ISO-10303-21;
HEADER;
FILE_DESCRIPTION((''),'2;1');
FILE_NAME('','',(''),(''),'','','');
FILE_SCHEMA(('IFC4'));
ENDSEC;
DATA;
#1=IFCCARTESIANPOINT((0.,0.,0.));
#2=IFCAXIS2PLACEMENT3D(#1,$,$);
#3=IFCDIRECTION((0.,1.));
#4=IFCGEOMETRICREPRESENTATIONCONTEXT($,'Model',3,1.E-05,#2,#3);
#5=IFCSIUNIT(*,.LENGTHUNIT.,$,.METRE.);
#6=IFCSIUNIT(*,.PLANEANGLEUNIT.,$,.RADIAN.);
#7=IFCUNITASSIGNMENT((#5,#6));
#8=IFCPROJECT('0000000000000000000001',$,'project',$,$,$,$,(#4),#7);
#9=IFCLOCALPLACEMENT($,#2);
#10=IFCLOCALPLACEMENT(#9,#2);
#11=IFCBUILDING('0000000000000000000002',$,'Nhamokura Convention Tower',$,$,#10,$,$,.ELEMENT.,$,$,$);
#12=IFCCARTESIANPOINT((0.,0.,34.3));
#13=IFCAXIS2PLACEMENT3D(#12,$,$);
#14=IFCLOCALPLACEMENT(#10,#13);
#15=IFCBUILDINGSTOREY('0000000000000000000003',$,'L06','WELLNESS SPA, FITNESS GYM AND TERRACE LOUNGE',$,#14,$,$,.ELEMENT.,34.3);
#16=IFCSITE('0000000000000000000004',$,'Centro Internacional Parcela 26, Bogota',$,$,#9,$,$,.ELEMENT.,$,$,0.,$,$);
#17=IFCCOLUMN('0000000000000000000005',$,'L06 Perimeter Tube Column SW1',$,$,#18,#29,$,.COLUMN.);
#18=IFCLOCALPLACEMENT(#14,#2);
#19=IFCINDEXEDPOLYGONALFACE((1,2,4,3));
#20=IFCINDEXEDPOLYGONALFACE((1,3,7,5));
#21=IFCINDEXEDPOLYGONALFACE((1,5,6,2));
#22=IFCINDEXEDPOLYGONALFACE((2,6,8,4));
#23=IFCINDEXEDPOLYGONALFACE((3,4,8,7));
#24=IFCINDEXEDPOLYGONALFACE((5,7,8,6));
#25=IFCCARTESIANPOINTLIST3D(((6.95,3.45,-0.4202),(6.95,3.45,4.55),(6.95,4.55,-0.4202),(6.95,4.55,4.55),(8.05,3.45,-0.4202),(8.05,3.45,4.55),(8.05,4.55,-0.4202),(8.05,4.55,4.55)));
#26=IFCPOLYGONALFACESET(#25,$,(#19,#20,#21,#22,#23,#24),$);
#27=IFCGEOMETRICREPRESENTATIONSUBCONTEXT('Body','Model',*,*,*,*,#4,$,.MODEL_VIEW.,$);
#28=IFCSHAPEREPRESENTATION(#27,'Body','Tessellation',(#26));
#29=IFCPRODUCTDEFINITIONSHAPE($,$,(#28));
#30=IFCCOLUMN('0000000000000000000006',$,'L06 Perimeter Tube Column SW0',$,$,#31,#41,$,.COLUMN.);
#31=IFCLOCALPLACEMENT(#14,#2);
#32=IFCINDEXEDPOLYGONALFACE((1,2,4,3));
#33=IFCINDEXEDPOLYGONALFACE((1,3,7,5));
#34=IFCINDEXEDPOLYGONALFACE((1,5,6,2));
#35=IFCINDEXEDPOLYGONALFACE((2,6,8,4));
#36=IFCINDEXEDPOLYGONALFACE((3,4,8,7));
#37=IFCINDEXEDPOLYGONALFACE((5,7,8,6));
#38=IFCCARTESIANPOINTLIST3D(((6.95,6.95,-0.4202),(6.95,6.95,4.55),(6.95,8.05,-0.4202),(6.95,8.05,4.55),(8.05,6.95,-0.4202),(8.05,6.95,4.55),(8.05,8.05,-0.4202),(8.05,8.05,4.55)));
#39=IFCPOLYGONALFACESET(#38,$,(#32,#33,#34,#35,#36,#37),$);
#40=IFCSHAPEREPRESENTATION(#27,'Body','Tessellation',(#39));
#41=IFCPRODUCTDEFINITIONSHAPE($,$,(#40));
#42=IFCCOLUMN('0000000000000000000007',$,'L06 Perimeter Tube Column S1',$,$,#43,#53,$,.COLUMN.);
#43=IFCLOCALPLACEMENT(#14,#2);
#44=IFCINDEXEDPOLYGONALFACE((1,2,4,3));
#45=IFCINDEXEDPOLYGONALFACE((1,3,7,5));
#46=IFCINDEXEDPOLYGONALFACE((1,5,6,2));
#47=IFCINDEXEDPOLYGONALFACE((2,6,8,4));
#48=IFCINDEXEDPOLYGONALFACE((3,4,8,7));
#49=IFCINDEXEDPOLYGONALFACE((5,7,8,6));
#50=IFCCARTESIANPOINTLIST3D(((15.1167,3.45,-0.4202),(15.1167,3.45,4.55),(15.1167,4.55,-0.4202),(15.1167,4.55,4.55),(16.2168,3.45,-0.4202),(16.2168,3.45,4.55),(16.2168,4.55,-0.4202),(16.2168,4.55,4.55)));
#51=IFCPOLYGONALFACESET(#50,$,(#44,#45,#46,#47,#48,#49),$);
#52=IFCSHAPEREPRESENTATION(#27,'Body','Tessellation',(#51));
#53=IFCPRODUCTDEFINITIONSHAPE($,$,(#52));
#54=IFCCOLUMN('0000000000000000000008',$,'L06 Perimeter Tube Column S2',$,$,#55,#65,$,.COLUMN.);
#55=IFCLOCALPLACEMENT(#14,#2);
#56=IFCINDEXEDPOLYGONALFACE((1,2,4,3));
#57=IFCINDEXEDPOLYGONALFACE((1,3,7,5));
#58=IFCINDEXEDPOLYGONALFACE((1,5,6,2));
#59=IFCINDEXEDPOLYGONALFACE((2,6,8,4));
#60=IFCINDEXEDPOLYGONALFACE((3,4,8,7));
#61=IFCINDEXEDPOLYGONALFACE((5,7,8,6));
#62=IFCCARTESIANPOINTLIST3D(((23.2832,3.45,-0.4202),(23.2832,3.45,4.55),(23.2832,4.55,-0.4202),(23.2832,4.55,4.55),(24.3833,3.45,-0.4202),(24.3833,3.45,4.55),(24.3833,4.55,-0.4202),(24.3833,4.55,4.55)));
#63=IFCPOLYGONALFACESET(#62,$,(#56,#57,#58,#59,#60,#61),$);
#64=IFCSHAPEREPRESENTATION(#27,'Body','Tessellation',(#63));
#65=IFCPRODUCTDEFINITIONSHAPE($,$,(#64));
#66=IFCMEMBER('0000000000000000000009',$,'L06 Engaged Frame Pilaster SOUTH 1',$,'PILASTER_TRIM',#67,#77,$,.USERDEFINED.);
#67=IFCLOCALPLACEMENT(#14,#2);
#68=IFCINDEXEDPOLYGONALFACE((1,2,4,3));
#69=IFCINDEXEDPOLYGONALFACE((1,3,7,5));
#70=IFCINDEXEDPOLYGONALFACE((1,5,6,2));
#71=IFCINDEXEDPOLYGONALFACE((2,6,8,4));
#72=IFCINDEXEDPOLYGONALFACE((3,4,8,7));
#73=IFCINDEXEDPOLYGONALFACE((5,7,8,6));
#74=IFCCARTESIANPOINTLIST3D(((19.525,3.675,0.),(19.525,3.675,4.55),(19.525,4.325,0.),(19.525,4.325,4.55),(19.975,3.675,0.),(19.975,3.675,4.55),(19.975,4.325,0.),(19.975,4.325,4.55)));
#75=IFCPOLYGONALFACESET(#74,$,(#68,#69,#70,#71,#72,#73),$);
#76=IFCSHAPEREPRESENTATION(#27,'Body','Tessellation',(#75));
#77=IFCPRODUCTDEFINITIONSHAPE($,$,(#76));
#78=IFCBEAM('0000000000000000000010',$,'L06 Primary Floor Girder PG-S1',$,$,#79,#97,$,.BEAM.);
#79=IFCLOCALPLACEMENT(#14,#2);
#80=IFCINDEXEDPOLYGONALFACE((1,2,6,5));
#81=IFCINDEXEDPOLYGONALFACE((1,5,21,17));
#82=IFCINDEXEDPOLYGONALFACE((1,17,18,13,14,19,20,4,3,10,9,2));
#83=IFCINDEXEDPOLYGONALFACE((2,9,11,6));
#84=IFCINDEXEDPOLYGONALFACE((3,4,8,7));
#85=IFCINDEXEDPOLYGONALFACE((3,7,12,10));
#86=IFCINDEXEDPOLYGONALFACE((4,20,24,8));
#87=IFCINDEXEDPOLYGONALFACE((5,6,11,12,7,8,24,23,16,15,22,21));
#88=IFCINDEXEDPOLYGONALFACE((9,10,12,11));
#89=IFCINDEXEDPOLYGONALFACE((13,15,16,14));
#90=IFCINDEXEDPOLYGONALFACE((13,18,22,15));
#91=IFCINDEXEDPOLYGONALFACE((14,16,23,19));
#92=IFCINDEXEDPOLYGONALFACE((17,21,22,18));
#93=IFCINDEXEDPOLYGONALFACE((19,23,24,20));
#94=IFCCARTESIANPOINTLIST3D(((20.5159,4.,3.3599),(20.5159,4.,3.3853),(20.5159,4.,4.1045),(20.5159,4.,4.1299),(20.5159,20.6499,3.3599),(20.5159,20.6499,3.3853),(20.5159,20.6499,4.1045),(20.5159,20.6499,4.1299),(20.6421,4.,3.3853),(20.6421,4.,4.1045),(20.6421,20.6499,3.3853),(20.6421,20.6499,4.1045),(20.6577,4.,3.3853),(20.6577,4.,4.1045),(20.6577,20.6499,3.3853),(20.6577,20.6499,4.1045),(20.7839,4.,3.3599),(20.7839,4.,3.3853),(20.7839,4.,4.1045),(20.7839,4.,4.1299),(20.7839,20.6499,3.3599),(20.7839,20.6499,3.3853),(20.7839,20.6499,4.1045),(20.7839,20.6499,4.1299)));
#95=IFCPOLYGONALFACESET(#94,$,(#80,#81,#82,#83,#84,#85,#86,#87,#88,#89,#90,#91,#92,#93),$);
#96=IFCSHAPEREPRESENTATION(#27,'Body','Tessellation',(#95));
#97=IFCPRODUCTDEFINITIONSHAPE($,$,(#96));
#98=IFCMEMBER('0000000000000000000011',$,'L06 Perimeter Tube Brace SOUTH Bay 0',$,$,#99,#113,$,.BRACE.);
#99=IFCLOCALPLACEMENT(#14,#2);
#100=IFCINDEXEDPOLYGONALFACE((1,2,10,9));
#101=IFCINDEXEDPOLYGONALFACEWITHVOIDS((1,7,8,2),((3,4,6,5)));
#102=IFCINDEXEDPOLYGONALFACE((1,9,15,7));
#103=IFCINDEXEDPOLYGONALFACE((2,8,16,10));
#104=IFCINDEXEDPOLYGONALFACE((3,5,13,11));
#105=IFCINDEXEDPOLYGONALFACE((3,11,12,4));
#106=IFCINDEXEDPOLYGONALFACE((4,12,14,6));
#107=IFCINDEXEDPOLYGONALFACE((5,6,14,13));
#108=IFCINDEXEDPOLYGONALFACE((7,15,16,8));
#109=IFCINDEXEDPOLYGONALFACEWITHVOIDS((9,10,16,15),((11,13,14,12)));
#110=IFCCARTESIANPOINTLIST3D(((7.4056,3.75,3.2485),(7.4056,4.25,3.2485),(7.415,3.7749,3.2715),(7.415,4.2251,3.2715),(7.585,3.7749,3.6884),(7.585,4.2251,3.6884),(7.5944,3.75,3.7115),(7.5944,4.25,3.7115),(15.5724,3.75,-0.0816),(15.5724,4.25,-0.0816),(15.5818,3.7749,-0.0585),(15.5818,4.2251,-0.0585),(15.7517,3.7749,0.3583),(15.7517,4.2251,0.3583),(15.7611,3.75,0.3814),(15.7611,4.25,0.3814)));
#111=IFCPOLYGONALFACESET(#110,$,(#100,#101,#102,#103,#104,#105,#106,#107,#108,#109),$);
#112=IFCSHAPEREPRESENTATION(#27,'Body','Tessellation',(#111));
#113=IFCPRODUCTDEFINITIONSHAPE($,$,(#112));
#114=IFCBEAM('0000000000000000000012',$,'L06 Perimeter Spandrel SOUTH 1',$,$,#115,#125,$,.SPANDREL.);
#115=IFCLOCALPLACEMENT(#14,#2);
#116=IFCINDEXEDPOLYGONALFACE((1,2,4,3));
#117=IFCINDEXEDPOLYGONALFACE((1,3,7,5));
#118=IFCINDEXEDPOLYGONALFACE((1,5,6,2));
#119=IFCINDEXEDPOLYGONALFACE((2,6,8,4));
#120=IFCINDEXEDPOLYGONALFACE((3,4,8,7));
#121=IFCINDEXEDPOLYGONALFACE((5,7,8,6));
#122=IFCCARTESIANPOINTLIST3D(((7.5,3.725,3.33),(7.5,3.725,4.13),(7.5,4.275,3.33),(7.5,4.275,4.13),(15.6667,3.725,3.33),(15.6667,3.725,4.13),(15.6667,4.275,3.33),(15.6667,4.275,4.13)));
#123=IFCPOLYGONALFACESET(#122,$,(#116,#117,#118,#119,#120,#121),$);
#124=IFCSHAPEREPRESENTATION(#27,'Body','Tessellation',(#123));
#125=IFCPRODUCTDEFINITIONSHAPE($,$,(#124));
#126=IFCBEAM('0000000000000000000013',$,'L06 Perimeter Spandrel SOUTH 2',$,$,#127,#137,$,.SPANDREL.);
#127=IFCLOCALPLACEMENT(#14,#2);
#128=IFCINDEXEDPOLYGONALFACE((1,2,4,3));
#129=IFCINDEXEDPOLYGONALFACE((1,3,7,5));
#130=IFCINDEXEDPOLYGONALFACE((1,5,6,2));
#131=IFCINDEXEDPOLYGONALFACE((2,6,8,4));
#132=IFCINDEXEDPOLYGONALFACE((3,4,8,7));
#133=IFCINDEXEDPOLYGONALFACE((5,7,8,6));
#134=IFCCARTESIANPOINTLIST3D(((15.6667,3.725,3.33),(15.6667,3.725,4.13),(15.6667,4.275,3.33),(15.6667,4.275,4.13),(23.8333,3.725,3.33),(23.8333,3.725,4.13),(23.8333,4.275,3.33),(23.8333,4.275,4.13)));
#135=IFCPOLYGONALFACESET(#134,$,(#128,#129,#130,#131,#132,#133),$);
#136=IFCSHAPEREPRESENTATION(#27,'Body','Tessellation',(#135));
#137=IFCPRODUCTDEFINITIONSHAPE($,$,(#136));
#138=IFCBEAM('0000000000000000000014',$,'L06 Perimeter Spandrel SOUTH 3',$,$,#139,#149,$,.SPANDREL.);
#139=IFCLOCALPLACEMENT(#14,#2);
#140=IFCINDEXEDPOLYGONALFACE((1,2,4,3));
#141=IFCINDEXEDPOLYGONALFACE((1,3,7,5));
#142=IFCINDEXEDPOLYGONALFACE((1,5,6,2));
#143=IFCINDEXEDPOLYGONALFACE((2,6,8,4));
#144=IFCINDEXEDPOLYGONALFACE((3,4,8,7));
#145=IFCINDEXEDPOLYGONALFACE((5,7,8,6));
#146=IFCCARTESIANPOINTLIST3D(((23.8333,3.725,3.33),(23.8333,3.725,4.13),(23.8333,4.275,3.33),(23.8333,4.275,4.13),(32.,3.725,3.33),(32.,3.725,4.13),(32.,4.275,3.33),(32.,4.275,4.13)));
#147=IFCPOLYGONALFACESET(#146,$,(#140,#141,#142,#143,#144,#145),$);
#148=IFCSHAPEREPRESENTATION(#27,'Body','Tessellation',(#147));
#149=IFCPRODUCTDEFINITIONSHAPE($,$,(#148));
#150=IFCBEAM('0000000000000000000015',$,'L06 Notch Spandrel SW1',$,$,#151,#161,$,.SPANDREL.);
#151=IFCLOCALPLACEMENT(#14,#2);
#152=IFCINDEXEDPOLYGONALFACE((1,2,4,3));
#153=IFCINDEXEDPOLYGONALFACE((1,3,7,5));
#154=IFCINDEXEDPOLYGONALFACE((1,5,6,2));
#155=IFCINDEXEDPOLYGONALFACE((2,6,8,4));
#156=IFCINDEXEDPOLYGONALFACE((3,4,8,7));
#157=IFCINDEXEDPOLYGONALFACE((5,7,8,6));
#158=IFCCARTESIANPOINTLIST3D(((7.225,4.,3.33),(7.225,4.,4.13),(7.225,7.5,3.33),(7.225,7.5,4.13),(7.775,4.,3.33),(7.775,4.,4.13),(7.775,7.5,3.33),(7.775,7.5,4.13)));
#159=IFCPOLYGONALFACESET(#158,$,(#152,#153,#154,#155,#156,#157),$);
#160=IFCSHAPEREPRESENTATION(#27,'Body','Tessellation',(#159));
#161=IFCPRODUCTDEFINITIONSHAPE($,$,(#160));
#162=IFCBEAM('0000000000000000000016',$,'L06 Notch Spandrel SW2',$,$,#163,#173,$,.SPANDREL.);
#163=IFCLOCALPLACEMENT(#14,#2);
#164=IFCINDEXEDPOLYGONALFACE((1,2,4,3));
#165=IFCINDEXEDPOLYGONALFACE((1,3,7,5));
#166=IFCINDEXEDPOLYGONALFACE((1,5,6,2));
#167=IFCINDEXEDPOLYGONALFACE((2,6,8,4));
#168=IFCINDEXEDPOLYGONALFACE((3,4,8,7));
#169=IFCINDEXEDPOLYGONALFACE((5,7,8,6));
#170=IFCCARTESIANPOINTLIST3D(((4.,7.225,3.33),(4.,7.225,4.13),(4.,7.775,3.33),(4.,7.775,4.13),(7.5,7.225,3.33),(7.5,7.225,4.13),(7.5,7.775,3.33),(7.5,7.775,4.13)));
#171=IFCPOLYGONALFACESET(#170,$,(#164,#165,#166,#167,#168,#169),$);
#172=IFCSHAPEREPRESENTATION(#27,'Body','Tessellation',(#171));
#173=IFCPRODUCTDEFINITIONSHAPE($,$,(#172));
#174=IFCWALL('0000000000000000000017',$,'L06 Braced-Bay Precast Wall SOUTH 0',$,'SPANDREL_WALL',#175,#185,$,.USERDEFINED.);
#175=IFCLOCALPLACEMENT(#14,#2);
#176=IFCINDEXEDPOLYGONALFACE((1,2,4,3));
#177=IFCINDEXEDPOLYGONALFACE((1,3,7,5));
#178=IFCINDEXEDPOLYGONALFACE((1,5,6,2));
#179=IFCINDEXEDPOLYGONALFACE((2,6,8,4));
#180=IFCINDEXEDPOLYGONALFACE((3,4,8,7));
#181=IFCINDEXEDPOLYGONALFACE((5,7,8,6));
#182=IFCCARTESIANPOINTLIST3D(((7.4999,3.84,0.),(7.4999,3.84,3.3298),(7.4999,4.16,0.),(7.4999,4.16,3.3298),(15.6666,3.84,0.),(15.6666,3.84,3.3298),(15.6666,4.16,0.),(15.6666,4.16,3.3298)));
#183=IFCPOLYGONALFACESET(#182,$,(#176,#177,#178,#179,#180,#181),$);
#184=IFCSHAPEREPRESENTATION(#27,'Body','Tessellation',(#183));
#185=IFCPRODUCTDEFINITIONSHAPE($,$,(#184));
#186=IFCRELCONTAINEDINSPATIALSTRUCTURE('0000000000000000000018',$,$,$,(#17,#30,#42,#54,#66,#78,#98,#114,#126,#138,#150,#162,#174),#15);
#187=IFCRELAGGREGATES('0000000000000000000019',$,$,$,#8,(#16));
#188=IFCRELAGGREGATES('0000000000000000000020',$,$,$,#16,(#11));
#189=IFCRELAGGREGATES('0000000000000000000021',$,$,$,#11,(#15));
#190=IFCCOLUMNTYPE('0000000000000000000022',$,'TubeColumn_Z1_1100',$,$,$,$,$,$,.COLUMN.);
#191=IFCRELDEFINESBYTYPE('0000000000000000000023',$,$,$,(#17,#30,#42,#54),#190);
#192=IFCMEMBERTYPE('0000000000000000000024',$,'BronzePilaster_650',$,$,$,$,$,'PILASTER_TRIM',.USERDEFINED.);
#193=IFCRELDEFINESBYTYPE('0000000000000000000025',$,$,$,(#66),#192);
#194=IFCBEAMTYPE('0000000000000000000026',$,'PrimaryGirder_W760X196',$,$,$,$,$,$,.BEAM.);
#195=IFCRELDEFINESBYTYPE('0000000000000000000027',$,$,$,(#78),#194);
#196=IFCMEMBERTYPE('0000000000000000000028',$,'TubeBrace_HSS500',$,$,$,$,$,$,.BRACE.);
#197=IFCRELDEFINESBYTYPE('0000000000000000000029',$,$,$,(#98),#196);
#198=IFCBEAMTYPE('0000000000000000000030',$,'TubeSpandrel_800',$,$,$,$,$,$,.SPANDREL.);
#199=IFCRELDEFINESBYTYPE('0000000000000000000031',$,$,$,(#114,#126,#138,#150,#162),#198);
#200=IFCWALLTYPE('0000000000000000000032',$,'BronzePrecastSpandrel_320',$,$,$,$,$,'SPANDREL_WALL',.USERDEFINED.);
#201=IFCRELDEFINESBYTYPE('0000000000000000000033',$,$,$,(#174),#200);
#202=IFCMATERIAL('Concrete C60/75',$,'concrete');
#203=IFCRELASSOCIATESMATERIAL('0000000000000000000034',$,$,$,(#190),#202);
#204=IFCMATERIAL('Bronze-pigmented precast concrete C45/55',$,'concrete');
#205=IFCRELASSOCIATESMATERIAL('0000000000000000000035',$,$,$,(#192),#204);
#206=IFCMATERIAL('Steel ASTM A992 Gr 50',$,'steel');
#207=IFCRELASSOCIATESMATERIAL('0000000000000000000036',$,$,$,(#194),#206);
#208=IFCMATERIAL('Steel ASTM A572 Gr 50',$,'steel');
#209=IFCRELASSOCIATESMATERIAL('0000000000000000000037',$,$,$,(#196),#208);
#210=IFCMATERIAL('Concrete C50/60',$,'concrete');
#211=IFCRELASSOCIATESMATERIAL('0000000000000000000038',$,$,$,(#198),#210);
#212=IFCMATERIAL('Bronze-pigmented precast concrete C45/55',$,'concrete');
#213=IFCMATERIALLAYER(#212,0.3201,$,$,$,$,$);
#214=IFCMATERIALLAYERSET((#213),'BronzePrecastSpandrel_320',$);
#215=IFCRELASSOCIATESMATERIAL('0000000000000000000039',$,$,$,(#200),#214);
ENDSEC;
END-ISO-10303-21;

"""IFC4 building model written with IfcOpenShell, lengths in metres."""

from ifc_helpers import new_model, si_unit, direction, frame, frame_2d, origin, origin_2d, place, context, subcontext, project, spatial, rectangle, hollow_rectangle, i_section, extrude, material, layer, layer_set, material_profile, profile_set, type_object, element, save


model = new_model("IFC4")

# Units and contexts
model_context = context("Model", 3, precision=1e-05, world=origin(), true_north=direction((0.0, 1.0)))
body_context = subcontext(model_context, "Body", "Model", "MODEL_VIEW")
ifc_project = project(units=[si_unit("LENGTHUNIT", "METRE"), si_unit("PLANEANGLEUNIT", "RADIAN")], contexts=[model_context])

# Site, building, storey
site_placement = place(None, origin())
site = spatial("IfcSite", under=ifc_project, at=site_placement, Name="Centro Internacional Parcela 26, Bogota", CompositionType="ELEMENT", RefElevation=0.0)
building_placement = place(site_placement, origin())
building = spatial("IfcBuilding", under=site, at=building_placement, Name="Nhamokura Convention Tower", CompositionType="ELEMENT")
storey_placement = place(building_placement, frame((0.0, 0.0, 34.3)))
storey = spatial("IfcBuildingStorey", under=building, at=storey_placement, Name="L06", Description="WELLNESS SPA, FITNESS GYM AND TERRACE LOUNGE", CompositionType="ELEMENT", Elevation=34.3)

# Columns
ifc_material_1 = material(Name="Concrete C60/75", Category="concrete")
ifc_material_profile_1 = material_profile(ifc_material_1, rectangle(XDim=1.1001, YDim=1.1001, at=origin_2d()))
ifc_profile_set_1 = profile_set([ifc_material_profile_1], Name="Concrete C60/75")
column_type = type_object("IfcColumnType", Name="TubeColumn_Z1_1100", PredefinedType="COLUMN", material=ifc_profile_set_1)
for number, where, z_axis, x_axis, name in (
    (1, (7.5, 4.0, -0.4202), (0.0, 0.0, 1.0), (1.0, 0.0, 0.0), "L06 Perimeter Tube Column SW1"),
    (2, (7.5, 7.5, -0.4202), (0.0, 0.0, 1.0), (1.0, 0.0, 0.0), "L06 Perimeter Tube Column SW0"),
    (3, (15.6667, 4.0, -0.4202), (0.0, 0.0, 1.0), (1.0, 0.0, 0.0), "L06 Perimeter Tube Column S1"),
    (4, (23.8333, 4.0, -0.4202), (0.0, 0.0, 1.0), (1.0, 0.0, 0.0), "L06 Perimeter Tube Column S2"),
):
    element("IfcColumn", number, at=place(storey_placement, frame(where, z_axis=z_axis, x_axis=x_axis)), inside=storey, type_object=column_type, Name=name, PredefinedType="COLUMN", context=body_context, shape_type="SweptSolid", body=[
        extrude(rectangle(XDim=1.1001, YDim=1.1001, at=origin_2d()), origin(), (0.0, 0.0, 1.0), 4.9702),
    ])

# Member
ifc_material_2 = material(Name="Bronze-pigmented precast concrete C45/55", Category="concrete")
ifc_material_profile_2 = material_profile(ifc_material_2, rectangle(XDim=0.45, YDim=0.6499, at=origin_2d()))
ifc_profile_set_2 = profile_set([ifc_material_profile_2], Name="Bronze-pigmented precast concrete C45/55")
member_type_1 = type_object("IfcMemberType", Name="BronzePilaster_650", ElementType="PILASTER_TRIM", PredefinedType="USERDEFINED", material=ifc_profile_set_2)
member_1_placement = place(storey_placement, frame((19.75, 4.0, 0.0), z_axis=(0.0, 0.0, 1.0), x_axis=(1.0, 0.0, 0.0)))
element("IfcMember", 5, at=member_1_placement, inside=storey, type_object=member_type_1, Name="L06 Engaged Frame Pilaster SOUTH 1", ObjectType="PILASTER_TRIM", PredefinedType="USERDEFINED", context=body_context, shape_type="SweptSolid", body=[
    extrude(rectangle(XDim=0.45, YDim=0.6499, at=origin_2d()), origin(), (0.0, 0.0, 1.0), 4.55),
])

# Beam
ifc_material_3 = material(Name="Steel ASTM A992 Gr 50", Category="steel")
ifc_material_profile_3 = material_profile(ifc_material_3, i_section(OverallWidth=0.2681, OverallDepth=0.77, WebThickness=0.0156, FlangeThickness=0.0254, at=origin_2d()))
ifc_profile_set_3 = profile_set([ifc_material_profile_3], Name="Steel ASTM A992 Gr 50")
beam_type_1 = type_object("IfcBeamType", Name="PrimaryGirder_W760X196", PredefinedType="BEAM", material=ifc_profile_set_3)
beam_1_placement = place(storey_placement, frame((20.6499, 4.0, 3.7449), z_axis=(0.0, 1.0, 0.0), x_axis=(-1.0, 0.0, 0.0)))
element("IfcBeam", 6, at=beam_1_placement, inside=storey, type_object=beam_type_1, Name="L06 Primary Floor Girder PG-S1", PredefinedType="BEAM", context=body_context, shape_type="SweptSolid", body=[
    extrude(i_section(OverallWidth=0.2681, OverallDepth=0.77, WebThickness=0.0156, FlangeThickness=0.0254, at=origin_2d()), origin(), (0.0, 0.0, 1.0), 16.6499),
])

# Member
ifc_material_4 = material(Name="Steel ASTM A572 Gr 50", Category="steel")
ifc_material_profile_4 = material_profile(ifc_material_4, hollow_rectangle(XDim=0.5, YDim=0.5, WallThickness=0.0249, at=origin_2d()))
ifc_profile_set_4 = profile_set([ifc_material_profile_4], Name="Steel ASTM A572 Gr 50")
member_type_2 = type_object("IfcMemberType", Name="TubeBrace_HSS500", PredefinedType="BRACE", material=ifc_profile_set_4)
member_2_placement = place(storey_placement, frame((15.6667, 4.0, 0.1499), z_axis=(-0.925978, 0.0, 0.377577), x_axis=(0.0, -1.0, 0.0)))
element("IfcMember", 7, at=member_2_placement, inside=storey, type_object=member_type_2, Name="L06 Perimeter Tube Brace SOUTH Bay 0", PredefinedType="BRACE", context=body_context, shape_type="SweptSolid", body=[
    extrude(hollow_rectangle(XDim=0.5, YDim=0.5, WallThickness=0.0249, at=origin_2d()), origin(), (0.0, 0.0, 1.0), 8.8196),
])

# Beams
ifc_material_5 = material(Name="Concrete C50/60", Category="concrete")
ifc_material_profile_5 = material_profile(ifc_material_5, rectangle(XDim=0.55, YDim=0.8, at=origin_2d()))
ifc_profile_set_5 = profile_set([ifc_material_profile_5], Name="Concrete C50/60")
beam_type_2 = type_object("IfcBeamType", Name="TubeSpandrel_800", PredefinedType="SPANDREL", material=ifc_profile_set_5)
beam_2_placement = place(storey_placement, frame((7.5, 4.0, 3.73), z_axis=(1.0, 0.0, 0.0), x_axis=(0.0, 1.0, 0.0)))
element("IfcBeam", 8, at=beam_2_placement, inside=storey, type_object=beam_type_2, Name="L06 Perimeter Spandrel SOUTH 1", PredefinedType="SPANDREL", context=body_context, shape_type="SweptSolid", body=[
    extrude(rectangle(XDim=0.55, YDim=0.8, at=origin_2d()), origin(), (0.0, 0.0, 1.0), 8.1667),
])
beam_3_placement = place(storey_placement, frame((15.6667, 4.0, 3.73), z_axis=(1.0, 0.0, 0.0), x_axis=(0.0, 1.0, 0.0)))
element("IfcBeam", 9, at=beam_3_placement, inside=storey, type_object=beam_type_2, Name="L06 Perimeter Spandrel SOUTH 2", PredefinedType="SPANDREL", context=body_context, shape_type="SweptSolid", body=[
    extrude(rectangle(XDim=0.55, YDim=0.8, at=origin_2d()), origin(), (0.0, 0.0, 1.0), 8.1665),
])
beam_4_placement = place(storey_placement, frame((23.8333, 4.0, 3.73), z_axis=(1.0, 0.0, 0.0), x_axis=(0.0, 1.0, 0.0)))
element("IfcBeam", 10, at=beam_4_placement, inside=storey, type_object=beam_type_2, Name="L06 Perimeter Spandrel SOUTH 3", PredefinedType="SPANDREL", context=body_context, shape_type="SweptSolid", body=[
    extrude(rectangle(XDim=0.55, YDim=0.8, at=origin_2d()), origin(), (0.0, 0.0, 1.0), 8.1667),
])
for number, where, z_axis, x_axis, name in (
    (11, (7.5, 4.0, 3.73), (0.0, 1.0, 0.0), (-1.0, 0.0, 0.0), "L06 Notch Spandrel SW1"),
    (12, (7.5, 7.5, 3.73), (-1.0, 0.0, 0.0), (0.0, -1.0, 0.0), "L06 Notch Spandrel SW2"),
):
    element("IfcBeam", number, at=place(storey_placement, frame(where, z_axis=z_axis, x_axis=x_axis)), inside=storey, type_object=beam_type_2, Name=name, PredefinedType="SPANDREL", context=body_context, shape_type="SweptSolid", body=[
        extrude(rectangle(XDim=0.55, YDim=0.8, at=origin_2d()), origin(), (0.0, 0.0, 1.0), 3.5),
    ])

# Wall
ifc_material_6 = material(Name="Bronze-pigmented precast concrete C45/55", Category="concrete")
ifc_layer_1 = layer(ifc_material_6, 0.3201)
ifc_layer_set_1 = layer_set([ifc_layer_1], Name="BronzePrecastSpandrel_320")
wall_type_1 = type_object("IfcWallType", Name="BronzePrecastSpandrel_320", ElementType="SPANDREL_WALL", PredefinedType="USERDEFINED", material=ifc_layer_set_1)
wall_1_placement = place(storey_placement, frame((15.6667, 4.0, 0.0), z_axis=(0.0, 0.0, 1.0), x_axis=(-1.0, 0.0, 0.0)))
element("IfcWall", 13, at=wall_1_placement, inside=storey, type_object=wall_type_1, Name="L06 Braced-Bay Precast Wall SOUTH 0", ObjectType="SPANDREL_WALL", PredefinedType="USERDEFINED", context=body_context, shape_type="SweptSolid", body=[
    extrude(rectangle(XDim=8.1667, YDim=0.3201, at=frame_2d((4.0835, 0.0))), origin(), (0.0, 0.0, 1.0), 3.3298),
])

save(model, "model.ifc")
